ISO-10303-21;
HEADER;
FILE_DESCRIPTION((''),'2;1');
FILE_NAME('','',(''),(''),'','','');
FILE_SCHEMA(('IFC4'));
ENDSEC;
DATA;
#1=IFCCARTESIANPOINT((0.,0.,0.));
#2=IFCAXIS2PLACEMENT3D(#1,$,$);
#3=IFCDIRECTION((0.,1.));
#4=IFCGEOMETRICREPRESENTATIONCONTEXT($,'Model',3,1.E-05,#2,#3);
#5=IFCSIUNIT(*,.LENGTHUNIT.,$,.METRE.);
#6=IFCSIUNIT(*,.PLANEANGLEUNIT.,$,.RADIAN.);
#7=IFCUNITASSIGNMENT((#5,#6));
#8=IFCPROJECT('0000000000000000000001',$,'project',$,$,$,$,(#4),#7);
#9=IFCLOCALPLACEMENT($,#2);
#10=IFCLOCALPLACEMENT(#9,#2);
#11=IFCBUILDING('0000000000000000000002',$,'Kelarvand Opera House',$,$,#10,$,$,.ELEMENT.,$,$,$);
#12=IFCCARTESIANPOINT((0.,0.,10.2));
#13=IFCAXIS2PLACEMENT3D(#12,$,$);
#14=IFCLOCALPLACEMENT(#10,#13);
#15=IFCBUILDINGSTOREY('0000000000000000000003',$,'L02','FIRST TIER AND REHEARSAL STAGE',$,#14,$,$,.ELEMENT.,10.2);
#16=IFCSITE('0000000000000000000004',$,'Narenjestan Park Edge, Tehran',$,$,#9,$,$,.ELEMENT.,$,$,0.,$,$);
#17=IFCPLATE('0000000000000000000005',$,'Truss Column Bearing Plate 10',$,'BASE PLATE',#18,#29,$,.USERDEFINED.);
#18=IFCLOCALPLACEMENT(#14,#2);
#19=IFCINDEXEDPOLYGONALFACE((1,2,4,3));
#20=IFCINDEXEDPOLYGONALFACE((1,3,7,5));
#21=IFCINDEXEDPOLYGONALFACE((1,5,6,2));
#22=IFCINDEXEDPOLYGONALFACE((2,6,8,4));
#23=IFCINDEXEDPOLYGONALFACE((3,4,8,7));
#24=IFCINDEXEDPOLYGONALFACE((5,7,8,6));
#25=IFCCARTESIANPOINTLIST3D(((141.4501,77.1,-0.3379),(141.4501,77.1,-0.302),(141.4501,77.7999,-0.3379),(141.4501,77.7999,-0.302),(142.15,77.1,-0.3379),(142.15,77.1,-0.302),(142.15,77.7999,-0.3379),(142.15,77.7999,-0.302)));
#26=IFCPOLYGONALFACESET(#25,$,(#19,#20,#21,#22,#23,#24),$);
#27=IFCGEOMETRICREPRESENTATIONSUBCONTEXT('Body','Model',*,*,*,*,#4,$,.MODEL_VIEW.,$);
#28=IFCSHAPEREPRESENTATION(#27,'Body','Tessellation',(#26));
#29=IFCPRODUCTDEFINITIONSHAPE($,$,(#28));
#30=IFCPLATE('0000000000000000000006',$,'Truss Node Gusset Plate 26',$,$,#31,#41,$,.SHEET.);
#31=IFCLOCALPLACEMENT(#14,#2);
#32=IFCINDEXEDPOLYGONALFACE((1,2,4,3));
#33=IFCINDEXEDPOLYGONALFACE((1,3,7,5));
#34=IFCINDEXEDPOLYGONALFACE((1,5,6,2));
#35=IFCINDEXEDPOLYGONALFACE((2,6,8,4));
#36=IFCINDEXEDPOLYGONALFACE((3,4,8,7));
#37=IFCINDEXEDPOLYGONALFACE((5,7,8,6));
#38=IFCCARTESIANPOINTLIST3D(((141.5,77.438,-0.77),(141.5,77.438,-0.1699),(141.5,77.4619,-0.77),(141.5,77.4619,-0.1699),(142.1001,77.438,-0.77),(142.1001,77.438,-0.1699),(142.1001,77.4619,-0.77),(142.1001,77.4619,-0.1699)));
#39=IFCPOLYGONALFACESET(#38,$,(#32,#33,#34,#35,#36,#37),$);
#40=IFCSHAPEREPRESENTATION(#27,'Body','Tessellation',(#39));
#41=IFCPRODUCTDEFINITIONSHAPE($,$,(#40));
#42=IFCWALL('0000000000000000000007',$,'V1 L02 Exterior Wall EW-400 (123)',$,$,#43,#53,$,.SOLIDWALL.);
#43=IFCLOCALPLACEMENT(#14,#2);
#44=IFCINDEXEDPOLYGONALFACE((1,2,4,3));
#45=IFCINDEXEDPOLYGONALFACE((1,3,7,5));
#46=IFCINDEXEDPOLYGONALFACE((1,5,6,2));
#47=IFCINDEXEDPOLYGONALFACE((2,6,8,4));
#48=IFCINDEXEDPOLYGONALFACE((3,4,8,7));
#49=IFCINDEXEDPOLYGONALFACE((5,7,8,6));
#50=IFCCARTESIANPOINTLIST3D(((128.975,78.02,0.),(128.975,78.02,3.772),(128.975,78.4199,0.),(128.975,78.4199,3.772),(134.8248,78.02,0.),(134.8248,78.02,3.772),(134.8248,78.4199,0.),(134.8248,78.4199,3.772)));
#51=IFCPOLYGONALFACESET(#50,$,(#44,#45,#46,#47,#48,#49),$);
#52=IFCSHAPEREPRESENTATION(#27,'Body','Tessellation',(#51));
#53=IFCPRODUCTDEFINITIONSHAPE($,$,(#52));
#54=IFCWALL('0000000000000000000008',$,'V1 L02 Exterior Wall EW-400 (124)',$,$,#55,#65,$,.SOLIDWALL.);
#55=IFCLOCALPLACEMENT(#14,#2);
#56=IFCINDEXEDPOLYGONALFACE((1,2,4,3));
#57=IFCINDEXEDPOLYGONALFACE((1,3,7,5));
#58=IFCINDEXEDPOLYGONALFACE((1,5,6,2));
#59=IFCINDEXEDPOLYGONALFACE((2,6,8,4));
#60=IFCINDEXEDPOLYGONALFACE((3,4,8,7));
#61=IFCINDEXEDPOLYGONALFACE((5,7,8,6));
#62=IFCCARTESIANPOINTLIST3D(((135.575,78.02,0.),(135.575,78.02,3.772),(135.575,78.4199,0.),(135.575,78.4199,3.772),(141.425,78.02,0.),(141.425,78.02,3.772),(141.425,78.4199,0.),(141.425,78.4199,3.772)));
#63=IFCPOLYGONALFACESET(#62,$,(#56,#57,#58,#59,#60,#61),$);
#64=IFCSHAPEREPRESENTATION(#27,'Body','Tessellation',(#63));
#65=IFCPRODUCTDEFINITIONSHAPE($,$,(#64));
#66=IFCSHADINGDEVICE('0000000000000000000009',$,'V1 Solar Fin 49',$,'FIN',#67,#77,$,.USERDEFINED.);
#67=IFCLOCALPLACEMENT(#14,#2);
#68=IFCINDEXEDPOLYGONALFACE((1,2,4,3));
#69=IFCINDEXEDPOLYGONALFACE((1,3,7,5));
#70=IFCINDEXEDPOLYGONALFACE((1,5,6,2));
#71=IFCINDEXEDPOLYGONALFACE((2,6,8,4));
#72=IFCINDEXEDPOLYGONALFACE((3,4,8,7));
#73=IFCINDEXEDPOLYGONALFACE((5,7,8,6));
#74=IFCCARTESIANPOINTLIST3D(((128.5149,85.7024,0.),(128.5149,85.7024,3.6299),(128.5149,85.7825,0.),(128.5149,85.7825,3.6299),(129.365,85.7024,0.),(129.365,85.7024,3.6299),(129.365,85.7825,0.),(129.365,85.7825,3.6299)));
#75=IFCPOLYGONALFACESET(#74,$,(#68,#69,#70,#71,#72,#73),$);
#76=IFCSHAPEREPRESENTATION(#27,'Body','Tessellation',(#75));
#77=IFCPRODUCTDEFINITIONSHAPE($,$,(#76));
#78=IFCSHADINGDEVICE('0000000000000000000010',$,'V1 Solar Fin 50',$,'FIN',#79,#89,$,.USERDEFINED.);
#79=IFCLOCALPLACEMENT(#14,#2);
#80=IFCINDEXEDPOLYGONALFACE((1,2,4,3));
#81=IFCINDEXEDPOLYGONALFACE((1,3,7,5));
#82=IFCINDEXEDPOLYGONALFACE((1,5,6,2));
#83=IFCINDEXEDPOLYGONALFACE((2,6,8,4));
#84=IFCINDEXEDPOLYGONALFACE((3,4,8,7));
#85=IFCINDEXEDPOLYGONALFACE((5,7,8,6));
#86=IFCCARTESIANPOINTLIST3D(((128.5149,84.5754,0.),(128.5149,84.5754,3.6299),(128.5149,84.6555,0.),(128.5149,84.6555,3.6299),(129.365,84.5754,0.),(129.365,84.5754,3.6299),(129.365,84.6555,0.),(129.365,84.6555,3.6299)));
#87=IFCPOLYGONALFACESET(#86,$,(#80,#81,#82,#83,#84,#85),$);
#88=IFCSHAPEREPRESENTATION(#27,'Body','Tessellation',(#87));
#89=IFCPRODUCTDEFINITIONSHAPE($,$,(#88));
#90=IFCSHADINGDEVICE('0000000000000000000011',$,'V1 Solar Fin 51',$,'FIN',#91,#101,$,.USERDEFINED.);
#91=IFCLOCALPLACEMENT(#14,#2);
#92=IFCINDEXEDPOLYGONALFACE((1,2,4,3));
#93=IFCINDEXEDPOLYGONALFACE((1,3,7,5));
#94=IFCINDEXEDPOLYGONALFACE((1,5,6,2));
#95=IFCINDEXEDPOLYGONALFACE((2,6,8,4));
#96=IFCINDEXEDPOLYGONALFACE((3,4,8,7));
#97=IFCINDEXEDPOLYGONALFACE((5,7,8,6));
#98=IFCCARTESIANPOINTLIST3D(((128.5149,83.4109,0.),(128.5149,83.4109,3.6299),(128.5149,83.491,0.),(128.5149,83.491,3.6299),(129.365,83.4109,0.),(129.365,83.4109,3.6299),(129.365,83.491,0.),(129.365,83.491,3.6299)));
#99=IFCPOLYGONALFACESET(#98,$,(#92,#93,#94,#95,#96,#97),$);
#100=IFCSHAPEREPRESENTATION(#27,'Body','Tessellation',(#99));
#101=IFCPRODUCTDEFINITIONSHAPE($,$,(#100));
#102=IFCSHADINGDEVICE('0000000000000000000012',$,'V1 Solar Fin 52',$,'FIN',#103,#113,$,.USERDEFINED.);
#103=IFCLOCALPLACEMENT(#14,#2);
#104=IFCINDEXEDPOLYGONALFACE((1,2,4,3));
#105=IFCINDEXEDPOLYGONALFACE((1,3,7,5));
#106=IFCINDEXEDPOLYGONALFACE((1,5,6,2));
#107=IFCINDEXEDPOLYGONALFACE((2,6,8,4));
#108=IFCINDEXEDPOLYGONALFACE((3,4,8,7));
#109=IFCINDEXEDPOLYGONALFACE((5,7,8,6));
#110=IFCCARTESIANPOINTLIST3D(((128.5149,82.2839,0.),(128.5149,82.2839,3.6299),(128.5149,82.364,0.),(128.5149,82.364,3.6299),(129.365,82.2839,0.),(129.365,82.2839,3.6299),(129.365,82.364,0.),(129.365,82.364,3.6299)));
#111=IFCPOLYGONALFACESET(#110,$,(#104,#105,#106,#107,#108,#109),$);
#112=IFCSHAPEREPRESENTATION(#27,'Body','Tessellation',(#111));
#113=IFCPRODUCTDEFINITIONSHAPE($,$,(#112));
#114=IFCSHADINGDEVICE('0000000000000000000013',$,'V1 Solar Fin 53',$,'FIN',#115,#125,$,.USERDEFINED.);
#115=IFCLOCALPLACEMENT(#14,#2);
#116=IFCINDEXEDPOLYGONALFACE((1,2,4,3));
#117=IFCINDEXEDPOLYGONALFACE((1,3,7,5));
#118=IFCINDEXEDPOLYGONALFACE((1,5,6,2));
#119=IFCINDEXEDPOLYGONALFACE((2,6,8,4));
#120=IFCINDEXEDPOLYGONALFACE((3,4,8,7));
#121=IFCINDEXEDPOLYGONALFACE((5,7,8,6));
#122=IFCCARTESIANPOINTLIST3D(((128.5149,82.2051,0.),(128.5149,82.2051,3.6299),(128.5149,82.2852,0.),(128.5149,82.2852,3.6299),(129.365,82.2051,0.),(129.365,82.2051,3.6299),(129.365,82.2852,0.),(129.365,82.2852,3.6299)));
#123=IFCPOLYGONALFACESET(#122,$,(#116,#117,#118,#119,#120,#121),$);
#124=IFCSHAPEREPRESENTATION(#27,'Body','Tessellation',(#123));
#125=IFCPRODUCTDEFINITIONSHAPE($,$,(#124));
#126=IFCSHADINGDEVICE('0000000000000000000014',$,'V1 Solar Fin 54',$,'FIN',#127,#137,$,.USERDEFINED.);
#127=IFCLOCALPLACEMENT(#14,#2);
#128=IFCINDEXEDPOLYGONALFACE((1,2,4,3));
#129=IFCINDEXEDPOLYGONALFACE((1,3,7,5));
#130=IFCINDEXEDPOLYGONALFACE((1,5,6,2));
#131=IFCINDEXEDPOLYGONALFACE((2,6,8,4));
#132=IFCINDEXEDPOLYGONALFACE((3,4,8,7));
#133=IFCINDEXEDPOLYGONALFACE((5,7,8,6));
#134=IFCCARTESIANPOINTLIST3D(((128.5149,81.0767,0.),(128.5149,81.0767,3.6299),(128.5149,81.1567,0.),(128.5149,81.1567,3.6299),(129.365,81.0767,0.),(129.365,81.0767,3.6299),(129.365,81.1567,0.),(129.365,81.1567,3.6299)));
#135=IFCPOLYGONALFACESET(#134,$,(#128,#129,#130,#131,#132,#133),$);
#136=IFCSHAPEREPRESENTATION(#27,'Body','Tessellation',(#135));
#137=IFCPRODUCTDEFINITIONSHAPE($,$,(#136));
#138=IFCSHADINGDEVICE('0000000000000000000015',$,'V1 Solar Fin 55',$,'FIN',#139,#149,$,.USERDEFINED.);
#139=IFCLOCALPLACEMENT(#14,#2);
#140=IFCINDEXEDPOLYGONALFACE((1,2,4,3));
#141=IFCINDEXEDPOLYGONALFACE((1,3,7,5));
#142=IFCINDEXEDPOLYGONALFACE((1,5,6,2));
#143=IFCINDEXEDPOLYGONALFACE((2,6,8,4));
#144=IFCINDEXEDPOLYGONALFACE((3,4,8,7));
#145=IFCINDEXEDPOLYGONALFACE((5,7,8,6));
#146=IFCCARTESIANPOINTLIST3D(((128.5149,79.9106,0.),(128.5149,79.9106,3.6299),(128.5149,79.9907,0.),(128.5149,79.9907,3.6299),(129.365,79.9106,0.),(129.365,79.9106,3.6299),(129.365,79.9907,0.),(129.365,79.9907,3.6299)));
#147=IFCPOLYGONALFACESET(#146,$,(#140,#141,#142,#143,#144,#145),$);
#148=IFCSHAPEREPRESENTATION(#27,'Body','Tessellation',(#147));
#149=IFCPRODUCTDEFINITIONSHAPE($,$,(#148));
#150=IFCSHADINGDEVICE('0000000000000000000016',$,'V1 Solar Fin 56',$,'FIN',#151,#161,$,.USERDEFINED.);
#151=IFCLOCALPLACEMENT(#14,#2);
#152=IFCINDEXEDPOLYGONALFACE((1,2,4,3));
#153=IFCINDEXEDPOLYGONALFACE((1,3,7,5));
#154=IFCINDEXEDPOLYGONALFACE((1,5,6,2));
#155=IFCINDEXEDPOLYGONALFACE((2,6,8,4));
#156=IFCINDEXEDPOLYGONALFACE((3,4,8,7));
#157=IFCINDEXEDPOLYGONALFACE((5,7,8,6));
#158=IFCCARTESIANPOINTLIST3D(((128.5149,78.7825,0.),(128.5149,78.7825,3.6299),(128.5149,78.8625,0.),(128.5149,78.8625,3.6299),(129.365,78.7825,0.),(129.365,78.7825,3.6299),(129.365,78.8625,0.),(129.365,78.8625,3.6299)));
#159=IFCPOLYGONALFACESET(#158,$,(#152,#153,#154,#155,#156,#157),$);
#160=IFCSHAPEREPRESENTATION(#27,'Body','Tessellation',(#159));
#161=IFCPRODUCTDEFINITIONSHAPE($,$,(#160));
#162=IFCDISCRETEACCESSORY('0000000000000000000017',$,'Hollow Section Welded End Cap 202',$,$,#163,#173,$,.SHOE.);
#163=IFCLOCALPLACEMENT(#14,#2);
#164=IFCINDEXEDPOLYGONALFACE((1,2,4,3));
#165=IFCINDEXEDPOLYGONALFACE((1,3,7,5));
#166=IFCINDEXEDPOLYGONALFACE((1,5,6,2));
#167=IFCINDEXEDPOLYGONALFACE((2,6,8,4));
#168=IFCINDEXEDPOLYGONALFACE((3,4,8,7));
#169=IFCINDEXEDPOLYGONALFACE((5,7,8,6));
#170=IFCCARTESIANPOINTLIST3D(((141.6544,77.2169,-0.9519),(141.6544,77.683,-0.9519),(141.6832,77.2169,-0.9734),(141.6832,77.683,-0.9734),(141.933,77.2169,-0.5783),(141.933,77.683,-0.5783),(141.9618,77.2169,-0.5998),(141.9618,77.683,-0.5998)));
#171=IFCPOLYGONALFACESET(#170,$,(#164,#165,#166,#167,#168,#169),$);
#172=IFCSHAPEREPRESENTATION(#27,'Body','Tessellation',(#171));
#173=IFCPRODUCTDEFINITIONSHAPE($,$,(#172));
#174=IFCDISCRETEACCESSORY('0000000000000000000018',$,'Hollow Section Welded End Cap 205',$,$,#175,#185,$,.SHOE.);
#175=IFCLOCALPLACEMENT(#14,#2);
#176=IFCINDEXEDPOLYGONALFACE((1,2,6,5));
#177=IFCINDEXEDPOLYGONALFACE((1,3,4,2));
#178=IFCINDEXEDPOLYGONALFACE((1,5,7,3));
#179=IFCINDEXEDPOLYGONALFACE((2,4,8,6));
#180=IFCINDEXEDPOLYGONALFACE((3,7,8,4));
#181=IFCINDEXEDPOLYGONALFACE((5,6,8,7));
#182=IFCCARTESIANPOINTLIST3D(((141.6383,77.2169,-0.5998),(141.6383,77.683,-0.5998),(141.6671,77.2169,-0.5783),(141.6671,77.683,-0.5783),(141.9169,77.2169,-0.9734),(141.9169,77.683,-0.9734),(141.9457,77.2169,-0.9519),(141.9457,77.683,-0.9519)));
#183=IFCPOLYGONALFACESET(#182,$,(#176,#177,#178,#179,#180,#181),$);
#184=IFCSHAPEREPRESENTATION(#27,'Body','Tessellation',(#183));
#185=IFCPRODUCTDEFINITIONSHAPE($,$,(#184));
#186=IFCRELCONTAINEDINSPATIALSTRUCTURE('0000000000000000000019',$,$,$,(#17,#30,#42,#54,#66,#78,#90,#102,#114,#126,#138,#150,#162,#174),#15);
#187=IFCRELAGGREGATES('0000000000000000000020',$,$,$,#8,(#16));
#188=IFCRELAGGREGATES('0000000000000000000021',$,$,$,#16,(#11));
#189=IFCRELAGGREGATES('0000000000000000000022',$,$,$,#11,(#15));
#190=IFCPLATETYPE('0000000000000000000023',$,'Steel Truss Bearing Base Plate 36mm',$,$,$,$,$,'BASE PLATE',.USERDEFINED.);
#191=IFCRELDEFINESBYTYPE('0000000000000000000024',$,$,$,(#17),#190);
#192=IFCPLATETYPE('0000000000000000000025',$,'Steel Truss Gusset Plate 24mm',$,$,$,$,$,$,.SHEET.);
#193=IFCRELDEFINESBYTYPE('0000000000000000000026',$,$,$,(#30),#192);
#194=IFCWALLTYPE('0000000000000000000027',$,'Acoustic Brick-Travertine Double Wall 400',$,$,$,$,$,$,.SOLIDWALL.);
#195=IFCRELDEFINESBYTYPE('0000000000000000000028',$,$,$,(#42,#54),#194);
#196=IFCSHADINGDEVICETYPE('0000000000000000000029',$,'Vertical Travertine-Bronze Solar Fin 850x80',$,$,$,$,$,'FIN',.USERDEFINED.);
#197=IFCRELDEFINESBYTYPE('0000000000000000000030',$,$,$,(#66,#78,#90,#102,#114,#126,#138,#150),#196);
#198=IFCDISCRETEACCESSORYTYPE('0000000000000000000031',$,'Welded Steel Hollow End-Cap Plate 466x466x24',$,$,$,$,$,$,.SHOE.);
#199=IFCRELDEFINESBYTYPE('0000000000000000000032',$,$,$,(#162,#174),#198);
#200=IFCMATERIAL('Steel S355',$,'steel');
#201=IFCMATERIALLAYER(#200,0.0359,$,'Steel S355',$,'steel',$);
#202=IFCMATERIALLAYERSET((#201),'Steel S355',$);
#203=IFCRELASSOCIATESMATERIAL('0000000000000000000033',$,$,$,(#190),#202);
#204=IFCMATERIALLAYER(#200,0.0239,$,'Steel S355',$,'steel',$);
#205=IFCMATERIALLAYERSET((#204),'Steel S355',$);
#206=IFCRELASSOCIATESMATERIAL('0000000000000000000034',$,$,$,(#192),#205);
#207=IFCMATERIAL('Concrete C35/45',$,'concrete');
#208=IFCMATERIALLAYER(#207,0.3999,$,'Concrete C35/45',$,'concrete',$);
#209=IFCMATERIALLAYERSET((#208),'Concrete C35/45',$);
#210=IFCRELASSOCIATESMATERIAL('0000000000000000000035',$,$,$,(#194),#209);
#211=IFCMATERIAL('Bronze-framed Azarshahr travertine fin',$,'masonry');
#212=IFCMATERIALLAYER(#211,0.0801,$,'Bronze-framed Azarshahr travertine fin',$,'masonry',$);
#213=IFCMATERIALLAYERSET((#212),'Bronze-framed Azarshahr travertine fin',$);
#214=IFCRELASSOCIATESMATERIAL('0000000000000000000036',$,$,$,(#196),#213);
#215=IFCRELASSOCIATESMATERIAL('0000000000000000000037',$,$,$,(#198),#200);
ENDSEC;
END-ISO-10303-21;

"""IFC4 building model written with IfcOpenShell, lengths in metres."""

from ifc_helpers import new_model, si_unit, direction, frame, frame_2d, origin, origin_2d, place, context, subcontext, project, spatial, rectangle, extrude, material, layer, layer_set, material_profile, profile_set, type_object, element, save


model = new_model("IFC4")

# Units and contexts
model_context = context("Model", 3, precision=1e-05, world=origin(), true_north=direction((0.0, 1.0)))
body_context = subcontext(model_context, "Body", "Model", "MODEL_VIEW")
ifc_project = project(units=[si_unit("LENGTHUNIT", "METRE"), si_unit("PLANEANGLEUNIT", "RADIAN")], contexts=[model_context])

# Site, building, storey
site_placement = place(None, origin())
site = spatial("IfcSite", under=ifc_project, at=site_placement, Name="Narenjestan Park Edge, Tehran", CompositionType="ELEMENT", RefElevation=0.0)
building_placement = place(site_placement, origin())
building = spatial("IfcBuilding", under=site, at=building_placement, Name="Kelarvand Opera House", CompositionType="ELEMENT")
storey_placement = place(building_placement, frame((0.0, 0.0, 10.2)))
storey = spatial("IfcBuildingStorey", under=building, at=storey_placement, Name="L02", Description="FIRST TIER AND REHEARSAL STAGE", CompositionType="ELEMENT", Elevation=10.2)

# Shared definitions
ifc_material_1 = material(Name="Steel S355", Category="steel")

# Plates
ifc_layer_1 = layer(ifc_material_1, 0.0359, Name="Steel S355", Category="steel")
ifc_layer_set_1 = layer_set([ifc_layer_1], Name="Steel S355")
plate_type_1 = type_object("IfcPlateType", Name="Steel Truss Bearing Base Plate 36mm", ElementType="BASE PLATE", PredefinedType="USERDEFINED", material=ifc_layer_set_1)
plate_1_placement = place(storey_placement, frame((141.8, 77.45, -0.3379), z_axis=(0.0, 0.0, 1.0), x_axis=(1.0, 0.0, 0.0)))
element("IfcPlate", 1, at=plate_1_placement, inside=storey, type_object=plate_type_1, Name="Truss Column Bearing Plate 10", ObjectType="BASE PLATE", PredefinedType="USERDEFINED", context=body_context, shape_type="SweptSolid", body=[
    extrude(rectangle(XDim=0.7, YDim=0.7, at=origin_2d()), origin(), (0.0, 0.0, 1.0), 0.0359),
])
ifc_layer_2 = layer(ifc_material_1, 0.0239, Name="Steel S355", Category="steel")
ifc_layer_set_2 = layer_set([ifc_layer_2], Name="Steel S355")
plate_type_2 = type_object("IfcPlateType", Name="Steel Truss Gusset Plate 24mm", PredefinedType="SHEET", material=ifc_layer_set_2)
plate_2_placement = place(storey_placement, frame((141.8, 77.45, -0.77), z_axis=(0.0, 0.0, 1.0), x_axis=(1.0, 0.0, 0.0)))
element("IfcPlate", 2, at=plate_2_placement, inside=storey, type_object=plate_type_2, Name="Truss Node Gusset Plate 26", PredefinedType="SHEET", context=body_context, shape_type="SweptSolid", body=[
    extrude(rectangle(XDim=0.6001, YDim=0.0239, at=origin_2d()), origin(), (0.0, 0.0, 1.0), 0.6001),
])

# Walls
ifc_material_2 = material(Name="Concrete C35/45", Category="concrete")
ifc_layer_3 = layer(ifc_material_2, 0.3999, Name="Concrete C35/45", Category="concrete")
ifc_layer_set_3 = layer_set([ifc_layer_3], Name="Concrete C35/45")
wall_type = type_object("IfcWallType", Name="Acoustic Brick-Travertine Double Wall 400", PredefinedType="SOLIDWALL", material=ifc_layer_set_3)
wall_1_placement = place(storey_placement, frame((128.9751, 78.22, 0.0), z_axis=(0.0, 0.0, 1.0), x_axis=(1.0, 0.0, 0.0)))
element("IfcWall", 3, at=wall_1_placement, inside=storey, type_object=wall_type, Name="V1 L02 Exterior Wall EW-400 (123)", PredefinedType="SOLIDWALL", context=body_context, shape_type="SweptSolid", body=[
    extrude(rectangle(XDim=5.8499, YDim=0.3999, at=frame_2d((2.9248, 0.0))), origin(), (0.0, 0.0, 1.0), 3.772),
])
wall_2_placement = place(storey_placement, frame((135.575, 78.22, 0.0), z_axis=(0.0, 0.0, 1.0), x_axis=(1.0, 0.0, 0.0)))
element("IfcWall", 4, at=wall_2_placement, inside=storey, type_object=wall_type, Name="V1 L02 Exterior Wall EW-400 (124)", PredefinedType="SOLIDWALL", context=body_context, shape_type="SweptSolid", body=[
    extrude(rectangle(XDim=5.8501, YDim=0.3999, at=frame_2d((2.925, 0.0))), origin(), (0.0, 0.0, 1.0), 3.772),
])

# Shading devices
ifc_material_3 = material(Name="Bronze-framed Azarshahr travertine fin", Category="masonry")
ifc_layer_4 = layer(ifc_material_3, 0.0801, Name="Bronze-framed Azarshahr travertine fin", Category="masonry")
ifc_layer_set_4 = layer_set([ifc_layer_4], Name="Bronze-framed Azarshahr travertine fin")
shading_device_type = type_object("IfcShadingDeviceType", Name="Vertical Travertine-Bronze Solar Fin 850x80", ElementType="FIN", PredefinedType="USERDEFINED", material=ifc_layer_set_4)
for number, where, z_axis, x_axis, name in (
    (5, (128.9399, 85.7424, 0.0), (0.0, 0.0, 1.0), (1.0, 0.0, 0.0), "V1 Solar Fin 49"),
    (6, (128.9399, 84.6155, 0.0), (0.0, 0.0, 1.0), (1.0, 0.0, 0.0), "V1 Solar Fin 50"),
    (7, (128.9399, 83.4509, 0.0), (0.0, 0.0, 1.0), (1.0, 0.0, 0.0), "V1 Solar Fin 51"),
    (8, (128.9399, 82.324, 0.0), (0.0, 0.0, 1.0), (1.0, 0.0, 0.0), "V1 Solar Fin 52"),
    (9, (128.9399, 82.2451, 0.0), (0.0, 0.0, 1.0), (1.0, 0.0, 0.0), "V1 Solar Fin 53"),
    (10, (128.9399, 81.1167, 0.0), (0.0, 0.0, 1.0), (1.0, 0.0, 0.0), "V1 Solar Fin 54"),
    (11, (128.9399, 79.9507, 0.0), (0.0, 0.0, 1.0), (1.0, 0.0, 0.0), "V1 Solar Fin 55"),
    (12, (128.9399, 78.8225, 0.0), (0.0, 0.0, 1.0), (1.0, 0.0, 0.0), "V1 Solar Fin 56"),
):
    element("IfcShadingDevice", number, at=place(storey_placement, frame(where, z_axis=z_axis, x_axis=x_axis)), inside=storey, type_object=shading_device_type, Name=name, ObjectType="FIN", PredefinedType="USERDEFINED", context=body_context, shape_type="SweptSolid", body=[
        extrude(rectangle(XDim=0.8501, YDim=0.0801, at=origin_2d()), origin(), (0.0, 0.0, 1.0), 3.6299),
    ])

# Discrete accessories
ifc_material_profile_1 = material_profile(ifc_material_1, rectangle(XDim=0.4661, YDim=0.4661, at=origin_2d()), Name="Welded Steel Hollow End-Cap Plate 466x466x24", Category="steel")
ifc_profile_set_1 = profile_set([ifc_material_profile_1], Name="Steel S355")
discrete_accessory_type = type_object("IfcDiscreteAccessoryType", Name="Welded Steel Hollow End-Cap Plate 466x466x24", PredefinedType="SHOE", material=ifc_profile_set_1)
for number, where, z_axis, x_axis, name in (
    (13, (141.7937, 77.45, -0.7651), (0.801627, 0.0, -0.597824), (0.0, 1.0, 0.0), "Hollow Section Welded End Cap 202"),
    (14, (141.8064, 77.45, -0.7651), (-0.801627, 0.0, -0.597824), (0.0, -1.0, 0.0), "Hollow Section Welded End Cap 205"),
):
    element("IfcDiscreteAccessory", number, at=place(storey_placement, frame(where, z_axis=z_axis, x_axis=x_axis)), inside=storey, type_object=discrete_accessory_type, Name=name, PredefinedType="SHOE", context=body_context, shape_type="SweptSolid", body=[
        extrude(rectangle(XDim=0.4661, YDim=0.4661, at=origin_2d()), origin(), (0.0, 0.0, 1.0), 0.0359),
    ])

save(model, "model.ifc")
